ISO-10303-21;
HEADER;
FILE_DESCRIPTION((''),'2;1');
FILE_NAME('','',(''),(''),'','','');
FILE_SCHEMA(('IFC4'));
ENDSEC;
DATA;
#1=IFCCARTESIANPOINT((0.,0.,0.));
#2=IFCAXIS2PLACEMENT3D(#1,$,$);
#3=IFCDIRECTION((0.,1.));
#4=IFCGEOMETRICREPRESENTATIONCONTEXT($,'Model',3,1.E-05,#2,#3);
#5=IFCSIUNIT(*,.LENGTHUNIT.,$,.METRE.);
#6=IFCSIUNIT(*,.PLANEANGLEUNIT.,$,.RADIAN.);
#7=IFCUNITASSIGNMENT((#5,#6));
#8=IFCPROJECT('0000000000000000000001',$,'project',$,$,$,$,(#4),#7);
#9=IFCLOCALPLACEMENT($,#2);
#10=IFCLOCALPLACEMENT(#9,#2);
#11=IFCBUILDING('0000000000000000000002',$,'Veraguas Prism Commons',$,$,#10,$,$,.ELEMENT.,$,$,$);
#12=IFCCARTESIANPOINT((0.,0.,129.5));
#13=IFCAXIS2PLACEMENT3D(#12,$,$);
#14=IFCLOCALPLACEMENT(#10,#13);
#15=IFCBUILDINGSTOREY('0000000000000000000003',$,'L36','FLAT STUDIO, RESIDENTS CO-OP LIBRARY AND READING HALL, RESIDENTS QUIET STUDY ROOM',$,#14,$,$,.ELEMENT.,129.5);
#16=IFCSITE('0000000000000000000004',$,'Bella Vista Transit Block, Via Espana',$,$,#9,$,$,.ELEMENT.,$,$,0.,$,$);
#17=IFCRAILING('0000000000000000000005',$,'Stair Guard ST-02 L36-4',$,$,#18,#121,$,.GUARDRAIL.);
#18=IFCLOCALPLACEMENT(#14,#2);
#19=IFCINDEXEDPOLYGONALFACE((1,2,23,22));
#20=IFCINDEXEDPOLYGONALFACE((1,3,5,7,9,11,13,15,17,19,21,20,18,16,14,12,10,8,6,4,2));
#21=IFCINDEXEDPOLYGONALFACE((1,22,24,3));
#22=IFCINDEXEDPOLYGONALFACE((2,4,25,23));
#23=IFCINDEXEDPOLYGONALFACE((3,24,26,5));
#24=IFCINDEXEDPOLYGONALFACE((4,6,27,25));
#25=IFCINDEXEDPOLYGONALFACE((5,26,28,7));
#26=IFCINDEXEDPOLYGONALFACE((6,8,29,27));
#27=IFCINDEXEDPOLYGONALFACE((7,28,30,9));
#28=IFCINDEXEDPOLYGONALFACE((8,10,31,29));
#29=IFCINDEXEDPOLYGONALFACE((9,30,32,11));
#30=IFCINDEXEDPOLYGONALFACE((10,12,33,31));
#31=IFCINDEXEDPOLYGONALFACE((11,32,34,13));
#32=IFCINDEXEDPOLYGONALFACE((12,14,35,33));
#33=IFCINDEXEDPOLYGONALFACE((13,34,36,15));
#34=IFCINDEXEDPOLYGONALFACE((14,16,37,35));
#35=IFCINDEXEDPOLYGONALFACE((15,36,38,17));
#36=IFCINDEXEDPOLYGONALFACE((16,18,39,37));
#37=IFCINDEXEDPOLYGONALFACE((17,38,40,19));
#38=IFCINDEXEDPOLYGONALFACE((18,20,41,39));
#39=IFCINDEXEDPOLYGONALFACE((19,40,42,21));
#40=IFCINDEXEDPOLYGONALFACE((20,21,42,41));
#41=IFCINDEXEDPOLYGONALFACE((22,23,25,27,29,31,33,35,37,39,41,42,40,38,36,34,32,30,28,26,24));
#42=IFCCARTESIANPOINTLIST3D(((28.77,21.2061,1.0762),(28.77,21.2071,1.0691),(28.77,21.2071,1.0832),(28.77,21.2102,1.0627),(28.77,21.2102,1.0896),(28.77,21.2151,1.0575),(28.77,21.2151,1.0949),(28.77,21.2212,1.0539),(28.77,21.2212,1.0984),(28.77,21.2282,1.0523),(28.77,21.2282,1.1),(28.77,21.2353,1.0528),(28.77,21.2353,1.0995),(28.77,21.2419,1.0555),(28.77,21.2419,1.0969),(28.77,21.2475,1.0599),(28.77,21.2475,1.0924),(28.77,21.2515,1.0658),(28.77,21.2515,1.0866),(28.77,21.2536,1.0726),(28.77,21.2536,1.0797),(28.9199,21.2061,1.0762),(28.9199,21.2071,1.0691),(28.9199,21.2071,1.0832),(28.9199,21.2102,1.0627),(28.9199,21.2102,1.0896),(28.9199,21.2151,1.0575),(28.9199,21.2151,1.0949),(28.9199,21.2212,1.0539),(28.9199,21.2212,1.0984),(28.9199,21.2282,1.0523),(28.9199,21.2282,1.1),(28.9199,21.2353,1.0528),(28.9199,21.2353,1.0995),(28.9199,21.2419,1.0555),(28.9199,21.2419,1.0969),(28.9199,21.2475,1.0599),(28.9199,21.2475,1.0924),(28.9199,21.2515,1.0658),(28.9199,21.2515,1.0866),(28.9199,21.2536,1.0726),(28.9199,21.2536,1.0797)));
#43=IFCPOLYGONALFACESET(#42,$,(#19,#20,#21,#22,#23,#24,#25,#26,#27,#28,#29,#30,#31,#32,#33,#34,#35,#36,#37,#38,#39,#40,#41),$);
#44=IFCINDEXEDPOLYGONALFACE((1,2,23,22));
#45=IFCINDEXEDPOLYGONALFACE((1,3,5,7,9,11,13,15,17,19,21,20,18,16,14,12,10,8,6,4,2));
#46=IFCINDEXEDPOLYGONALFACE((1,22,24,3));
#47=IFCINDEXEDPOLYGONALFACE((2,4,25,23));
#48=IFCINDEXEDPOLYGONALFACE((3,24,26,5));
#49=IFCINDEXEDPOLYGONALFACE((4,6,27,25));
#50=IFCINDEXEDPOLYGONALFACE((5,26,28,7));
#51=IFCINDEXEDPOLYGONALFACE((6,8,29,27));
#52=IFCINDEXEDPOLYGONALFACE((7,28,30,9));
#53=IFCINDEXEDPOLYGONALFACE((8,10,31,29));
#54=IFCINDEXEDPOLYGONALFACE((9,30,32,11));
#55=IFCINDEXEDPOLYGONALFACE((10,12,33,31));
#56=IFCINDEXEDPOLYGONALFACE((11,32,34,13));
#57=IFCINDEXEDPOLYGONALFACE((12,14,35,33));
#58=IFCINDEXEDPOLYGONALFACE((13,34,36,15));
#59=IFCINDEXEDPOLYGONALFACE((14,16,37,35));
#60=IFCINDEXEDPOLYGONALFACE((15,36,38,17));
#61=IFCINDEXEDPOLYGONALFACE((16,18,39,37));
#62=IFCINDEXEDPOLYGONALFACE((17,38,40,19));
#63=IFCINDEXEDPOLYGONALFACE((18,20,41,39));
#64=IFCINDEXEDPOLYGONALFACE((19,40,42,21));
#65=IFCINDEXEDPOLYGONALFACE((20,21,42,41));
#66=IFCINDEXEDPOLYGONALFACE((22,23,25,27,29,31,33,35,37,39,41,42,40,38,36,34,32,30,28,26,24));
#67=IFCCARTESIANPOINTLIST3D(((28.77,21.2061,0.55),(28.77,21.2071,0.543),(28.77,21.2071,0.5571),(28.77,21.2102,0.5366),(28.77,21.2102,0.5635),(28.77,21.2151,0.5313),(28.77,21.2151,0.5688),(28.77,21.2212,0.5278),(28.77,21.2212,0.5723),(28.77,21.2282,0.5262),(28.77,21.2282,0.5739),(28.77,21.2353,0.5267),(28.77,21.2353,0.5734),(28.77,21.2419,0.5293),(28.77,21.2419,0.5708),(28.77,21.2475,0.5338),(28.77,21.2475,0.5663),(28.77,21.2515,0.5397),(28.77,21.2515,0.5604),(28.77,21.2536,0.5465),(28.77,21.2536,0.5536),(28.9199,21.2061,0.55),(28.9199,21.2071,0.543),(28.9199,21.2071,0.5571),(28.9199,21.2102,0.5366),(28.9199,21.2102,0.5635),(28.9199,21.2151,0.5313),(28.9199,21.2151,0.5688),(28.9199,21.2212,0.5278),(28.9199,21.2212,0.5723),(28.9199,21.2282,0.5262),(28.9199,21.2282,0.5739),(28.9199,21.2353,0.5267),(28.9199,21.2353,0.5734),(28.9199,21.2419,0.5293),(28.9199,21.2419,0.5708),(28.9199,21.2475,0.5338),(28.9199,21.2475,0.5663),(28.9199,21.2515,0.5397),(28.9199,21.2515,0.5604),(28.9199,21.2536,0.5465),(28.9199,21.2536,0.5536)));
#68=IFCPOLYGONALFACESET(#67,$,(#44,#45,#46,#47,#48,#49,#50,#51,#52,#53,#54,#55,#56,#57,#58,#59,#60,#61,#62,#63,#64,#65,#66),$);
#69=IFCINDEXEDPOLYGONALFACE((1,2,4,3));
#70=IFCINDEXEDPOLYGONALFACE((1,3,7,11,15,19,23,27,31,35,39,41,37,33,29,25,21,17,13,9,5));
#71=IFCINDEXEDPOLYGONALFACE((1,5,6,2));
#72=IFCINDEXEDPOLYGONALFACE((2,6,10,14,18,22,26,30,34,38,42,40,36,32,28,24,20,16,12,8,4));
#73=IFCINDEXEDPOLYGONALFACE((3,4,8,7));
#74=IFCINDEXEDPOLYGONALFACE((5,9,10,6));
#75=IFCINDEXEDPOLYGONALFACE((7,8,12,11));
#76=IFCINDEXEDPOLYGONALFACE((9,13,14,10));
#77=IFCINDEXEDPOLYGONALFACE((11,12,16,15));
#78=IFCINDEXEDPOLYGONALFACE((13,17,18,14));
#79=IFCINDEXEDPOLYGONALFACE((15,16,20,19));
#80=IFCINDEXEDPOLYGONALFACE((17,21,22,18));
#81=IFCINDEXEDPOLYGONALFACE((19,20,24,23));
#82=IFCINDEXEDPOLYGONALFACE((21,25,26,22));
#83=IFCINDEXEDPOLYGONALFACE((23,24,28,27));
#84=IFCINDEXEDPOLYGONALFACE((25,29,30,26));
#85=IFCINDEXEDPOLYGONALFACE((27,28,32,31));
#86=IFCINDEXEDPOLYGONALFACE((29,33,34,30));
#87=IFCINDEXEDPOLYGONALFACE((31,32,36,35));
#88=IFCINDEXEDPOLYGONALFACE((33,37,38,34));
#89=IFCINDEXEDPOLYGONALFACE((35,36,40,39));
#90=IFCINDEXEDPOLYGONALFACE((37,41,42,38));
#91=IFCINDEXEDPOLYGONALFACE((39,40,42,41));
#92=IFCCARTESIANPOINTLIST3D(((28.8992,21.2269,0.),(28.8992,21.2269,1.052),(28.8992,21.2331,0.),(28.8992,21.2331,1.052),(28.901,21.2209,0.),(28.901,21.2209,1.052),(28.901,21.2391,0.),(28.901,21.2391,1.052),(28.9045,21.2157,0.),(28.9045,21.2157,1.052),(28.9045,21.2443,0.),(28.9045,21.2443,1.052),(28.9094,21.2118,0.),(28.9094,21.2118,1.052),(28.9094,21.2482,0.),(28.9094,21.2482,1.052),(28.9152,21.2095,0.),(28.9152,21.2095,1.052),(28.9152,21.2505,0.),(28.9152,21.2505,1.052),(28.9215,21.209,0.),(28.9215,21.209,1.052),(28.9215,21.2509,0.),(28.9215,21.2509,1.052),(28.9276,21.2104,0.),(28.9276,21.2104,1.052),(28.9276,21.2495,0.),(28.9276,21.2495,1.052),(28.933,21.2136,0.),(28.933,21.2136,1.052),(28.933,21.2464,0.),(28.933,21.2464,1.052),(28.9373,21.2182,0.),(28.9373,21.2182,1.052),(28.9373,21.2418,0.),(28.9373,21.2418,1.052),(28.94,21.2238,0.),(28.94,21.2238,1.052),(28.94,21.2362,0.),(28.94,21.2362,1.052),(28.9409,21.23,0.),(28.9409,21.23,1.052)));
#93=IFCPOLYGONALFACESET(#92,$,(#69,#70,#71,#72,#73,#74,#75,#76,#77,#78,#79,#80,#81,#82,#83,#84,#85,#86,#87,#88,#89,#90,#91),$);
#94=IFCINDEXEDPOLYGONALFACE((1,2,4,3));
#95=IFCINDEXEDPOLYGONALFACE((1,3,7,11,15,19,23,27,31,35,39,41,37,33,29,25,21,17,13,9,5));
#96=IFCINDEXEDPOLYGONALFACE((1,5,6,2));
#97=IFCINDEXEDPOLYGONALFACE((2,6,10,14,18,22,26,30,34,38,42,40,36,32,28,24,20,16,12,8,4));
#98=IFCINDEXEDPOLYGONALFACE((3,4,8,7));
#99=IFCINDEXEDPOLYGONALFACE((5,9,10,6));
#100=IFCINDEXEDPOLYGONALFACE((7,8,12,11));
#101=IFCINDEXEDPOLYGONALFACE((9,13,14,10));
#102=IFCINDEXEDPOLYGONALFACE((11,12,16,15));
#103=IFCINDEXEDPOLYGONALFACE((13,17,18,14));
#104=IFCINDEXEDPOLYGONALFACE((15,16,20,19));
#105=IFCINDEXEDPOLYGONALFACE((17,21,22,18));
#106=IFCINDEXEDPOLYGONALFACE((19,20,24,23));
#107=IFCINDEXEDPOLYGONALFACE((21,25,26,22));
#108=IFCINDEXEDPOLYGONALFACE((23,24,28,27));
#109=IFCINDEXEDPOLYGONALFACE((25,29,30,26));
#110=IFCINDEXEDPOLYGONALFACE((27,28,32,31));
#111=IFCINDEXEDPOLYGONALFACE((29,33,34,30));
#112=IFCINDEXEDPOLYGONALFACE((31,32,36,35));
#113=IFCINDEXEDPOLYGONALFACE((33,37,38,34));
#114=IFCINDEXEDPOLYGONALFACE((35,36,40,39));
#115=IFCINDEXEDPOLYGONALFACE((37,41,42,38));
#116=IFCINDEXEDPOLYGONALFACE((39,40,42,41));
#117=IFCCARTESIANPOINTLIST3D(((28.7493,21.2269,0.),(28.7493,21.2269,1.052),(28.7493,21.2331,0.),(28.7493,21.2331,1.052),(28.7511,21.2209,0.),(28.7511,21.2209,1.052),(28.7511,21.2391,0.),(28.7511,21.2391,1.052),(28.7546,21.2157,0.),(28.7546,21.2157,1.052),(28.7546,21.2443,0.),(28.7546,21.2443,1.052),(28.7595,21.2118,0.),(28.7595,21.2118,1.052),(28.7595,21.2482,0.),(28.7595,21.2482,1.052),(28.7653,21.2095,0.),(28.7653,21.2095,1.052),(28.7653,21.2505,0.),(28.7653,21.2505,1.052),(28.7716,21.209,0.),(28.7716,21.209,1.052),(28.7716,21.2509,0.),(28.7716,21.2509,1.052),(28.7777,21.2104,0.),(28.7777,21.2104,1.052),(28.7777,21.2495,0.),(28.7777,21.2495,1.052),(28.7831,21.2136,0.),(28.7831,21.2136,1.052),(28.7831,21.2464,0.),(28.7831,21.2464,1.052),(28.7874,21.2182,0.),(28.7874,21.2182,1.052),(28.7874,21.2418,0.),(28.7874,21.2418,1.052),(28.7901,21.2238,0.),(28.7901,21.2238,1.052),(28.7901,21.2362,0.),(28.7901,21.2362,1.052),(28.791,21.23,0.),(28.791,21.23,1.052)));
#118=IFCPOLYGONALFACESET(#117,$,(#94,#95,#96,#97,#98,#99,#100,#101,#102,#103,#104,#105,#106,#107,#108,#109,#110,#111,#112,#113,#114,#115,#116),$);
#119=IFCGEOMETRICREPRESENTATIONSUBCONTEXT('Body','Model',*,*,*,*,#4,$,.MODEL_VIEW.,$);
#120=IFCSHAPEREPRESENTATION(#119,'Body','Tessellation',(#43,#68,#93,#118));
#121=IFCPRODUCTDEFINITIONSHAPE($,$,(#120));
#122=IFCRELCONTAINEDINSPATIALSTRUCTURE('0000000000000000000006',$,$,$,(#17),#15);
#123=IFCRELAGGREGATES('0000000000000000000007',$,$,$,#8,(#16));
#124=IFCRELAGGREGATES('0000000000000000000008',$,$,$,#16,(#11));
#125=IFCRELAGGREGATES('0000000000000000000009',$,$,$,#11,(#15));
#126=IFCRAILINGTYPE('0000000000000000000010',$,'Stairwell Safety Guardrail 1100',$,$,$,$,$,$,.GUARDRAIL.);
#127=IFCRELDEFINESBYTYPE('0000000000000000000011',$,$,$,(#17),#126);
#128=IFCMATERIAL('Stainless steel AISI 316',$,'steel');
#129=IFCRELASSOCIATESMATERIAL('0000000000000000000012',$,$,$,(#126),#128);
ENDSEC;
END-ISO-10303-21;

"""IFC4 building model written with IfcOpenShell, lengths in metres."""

from ifc_helpers import new_model, si_unit, direction, frame, origin, origin_2d, place, context, subcontext, project, spatial, circle, extrude, material, type_object, element, save


model = new_model("IFC4")

# Units and contexts
model_context = context("Model", 3, precision=1e-05, world=origin(), true_north=direction((0.0, 1.0)))
body_context = subcontext(model_context, "Body", "Model", "MODEL_VIEW")
ifc_project = project(units=[si_unit("LENGTHUNIT", "METRE"), si_unit("PLANEANGLEUNIT", "RADIAN")], contexts=[model_context])

# Site, building, storey
site_placement = place(None, origin())
site = spatial("IfcSite", under=ifc_project, at=site_placement, Name="Bella Vista Transit Block, Via Espana", CompositionType="ELEMENT", RefElevation=0.0)
building_placement = place(site_placement, origin())
building = spatial("IfcBuilding", under=site, at=building_placement, Name="Veraguas Prism Commons", CompositionType="ELEMENT")
storey_placement = place(building_placement, frame((0.0, 0.0, 129.5)))
storey = spatial("IfcBuildingStorey", under=building, at=storey_placement, Name="L36", Description="FLAT STUDIO, RESIDENTS CO-OP LIBRARY AND READING HALL, RESIDENTS QUIET STUDY ROOM", CompositionType="ELEMENT", Elevation=129.5)

# Shared definitions
ifc_material_1 = material(Name="Stainless steel AISI 316", Category="steel")

# Railing
railing_type_1 = type_object("IfcRailingType", Name="Stairwell Safety Guardrail 1100", PredefinedType="GUARDRAIL", material=ifc_material_1)
railing_1_placement = place(storey_placement, frame((28.9199, 21.23, 0.0)))
element("IfcRailing", 1, at=railing_1_placement, inside=storey, type_object=railing_type_1, Name="Stair Guard ST-02 L36-4", PredefinedType="GUARDRAIL", context=body_context, shape_type="SweptSolid", body=[
    extrude(circle(Radius=0.0239, at=origin_2d()), frame((0.0, 0.0, 1.0762), z_axis=(-1.0, 0.0, 0.0), x_axis=(0.0, -1.0, 0.0)), (0.0, 0.0, 1.0), 0.1499),
    extrude(circle(Radius=0.0239, at=origin_2d()), frame((0.0, 0.0, 0.55), z_axis=(-1.0, 0.0, 0.0), x_axis=(0.0, -1.0, 0.0)), (0.0, 0.0, 1.0), 0.1499),
    extrude(circle(Radius=0.021, at=origin_2d()), origin(), (0.0, 0.0, 1.0), 1.052),
    extrude(circle(Radius=0.021, at=origin_2d()), frame((-0.1499, 0.0, 0.0)), (0.0, 0.0, 1.0), 1.052),
])

save(model, "model.ifc")
